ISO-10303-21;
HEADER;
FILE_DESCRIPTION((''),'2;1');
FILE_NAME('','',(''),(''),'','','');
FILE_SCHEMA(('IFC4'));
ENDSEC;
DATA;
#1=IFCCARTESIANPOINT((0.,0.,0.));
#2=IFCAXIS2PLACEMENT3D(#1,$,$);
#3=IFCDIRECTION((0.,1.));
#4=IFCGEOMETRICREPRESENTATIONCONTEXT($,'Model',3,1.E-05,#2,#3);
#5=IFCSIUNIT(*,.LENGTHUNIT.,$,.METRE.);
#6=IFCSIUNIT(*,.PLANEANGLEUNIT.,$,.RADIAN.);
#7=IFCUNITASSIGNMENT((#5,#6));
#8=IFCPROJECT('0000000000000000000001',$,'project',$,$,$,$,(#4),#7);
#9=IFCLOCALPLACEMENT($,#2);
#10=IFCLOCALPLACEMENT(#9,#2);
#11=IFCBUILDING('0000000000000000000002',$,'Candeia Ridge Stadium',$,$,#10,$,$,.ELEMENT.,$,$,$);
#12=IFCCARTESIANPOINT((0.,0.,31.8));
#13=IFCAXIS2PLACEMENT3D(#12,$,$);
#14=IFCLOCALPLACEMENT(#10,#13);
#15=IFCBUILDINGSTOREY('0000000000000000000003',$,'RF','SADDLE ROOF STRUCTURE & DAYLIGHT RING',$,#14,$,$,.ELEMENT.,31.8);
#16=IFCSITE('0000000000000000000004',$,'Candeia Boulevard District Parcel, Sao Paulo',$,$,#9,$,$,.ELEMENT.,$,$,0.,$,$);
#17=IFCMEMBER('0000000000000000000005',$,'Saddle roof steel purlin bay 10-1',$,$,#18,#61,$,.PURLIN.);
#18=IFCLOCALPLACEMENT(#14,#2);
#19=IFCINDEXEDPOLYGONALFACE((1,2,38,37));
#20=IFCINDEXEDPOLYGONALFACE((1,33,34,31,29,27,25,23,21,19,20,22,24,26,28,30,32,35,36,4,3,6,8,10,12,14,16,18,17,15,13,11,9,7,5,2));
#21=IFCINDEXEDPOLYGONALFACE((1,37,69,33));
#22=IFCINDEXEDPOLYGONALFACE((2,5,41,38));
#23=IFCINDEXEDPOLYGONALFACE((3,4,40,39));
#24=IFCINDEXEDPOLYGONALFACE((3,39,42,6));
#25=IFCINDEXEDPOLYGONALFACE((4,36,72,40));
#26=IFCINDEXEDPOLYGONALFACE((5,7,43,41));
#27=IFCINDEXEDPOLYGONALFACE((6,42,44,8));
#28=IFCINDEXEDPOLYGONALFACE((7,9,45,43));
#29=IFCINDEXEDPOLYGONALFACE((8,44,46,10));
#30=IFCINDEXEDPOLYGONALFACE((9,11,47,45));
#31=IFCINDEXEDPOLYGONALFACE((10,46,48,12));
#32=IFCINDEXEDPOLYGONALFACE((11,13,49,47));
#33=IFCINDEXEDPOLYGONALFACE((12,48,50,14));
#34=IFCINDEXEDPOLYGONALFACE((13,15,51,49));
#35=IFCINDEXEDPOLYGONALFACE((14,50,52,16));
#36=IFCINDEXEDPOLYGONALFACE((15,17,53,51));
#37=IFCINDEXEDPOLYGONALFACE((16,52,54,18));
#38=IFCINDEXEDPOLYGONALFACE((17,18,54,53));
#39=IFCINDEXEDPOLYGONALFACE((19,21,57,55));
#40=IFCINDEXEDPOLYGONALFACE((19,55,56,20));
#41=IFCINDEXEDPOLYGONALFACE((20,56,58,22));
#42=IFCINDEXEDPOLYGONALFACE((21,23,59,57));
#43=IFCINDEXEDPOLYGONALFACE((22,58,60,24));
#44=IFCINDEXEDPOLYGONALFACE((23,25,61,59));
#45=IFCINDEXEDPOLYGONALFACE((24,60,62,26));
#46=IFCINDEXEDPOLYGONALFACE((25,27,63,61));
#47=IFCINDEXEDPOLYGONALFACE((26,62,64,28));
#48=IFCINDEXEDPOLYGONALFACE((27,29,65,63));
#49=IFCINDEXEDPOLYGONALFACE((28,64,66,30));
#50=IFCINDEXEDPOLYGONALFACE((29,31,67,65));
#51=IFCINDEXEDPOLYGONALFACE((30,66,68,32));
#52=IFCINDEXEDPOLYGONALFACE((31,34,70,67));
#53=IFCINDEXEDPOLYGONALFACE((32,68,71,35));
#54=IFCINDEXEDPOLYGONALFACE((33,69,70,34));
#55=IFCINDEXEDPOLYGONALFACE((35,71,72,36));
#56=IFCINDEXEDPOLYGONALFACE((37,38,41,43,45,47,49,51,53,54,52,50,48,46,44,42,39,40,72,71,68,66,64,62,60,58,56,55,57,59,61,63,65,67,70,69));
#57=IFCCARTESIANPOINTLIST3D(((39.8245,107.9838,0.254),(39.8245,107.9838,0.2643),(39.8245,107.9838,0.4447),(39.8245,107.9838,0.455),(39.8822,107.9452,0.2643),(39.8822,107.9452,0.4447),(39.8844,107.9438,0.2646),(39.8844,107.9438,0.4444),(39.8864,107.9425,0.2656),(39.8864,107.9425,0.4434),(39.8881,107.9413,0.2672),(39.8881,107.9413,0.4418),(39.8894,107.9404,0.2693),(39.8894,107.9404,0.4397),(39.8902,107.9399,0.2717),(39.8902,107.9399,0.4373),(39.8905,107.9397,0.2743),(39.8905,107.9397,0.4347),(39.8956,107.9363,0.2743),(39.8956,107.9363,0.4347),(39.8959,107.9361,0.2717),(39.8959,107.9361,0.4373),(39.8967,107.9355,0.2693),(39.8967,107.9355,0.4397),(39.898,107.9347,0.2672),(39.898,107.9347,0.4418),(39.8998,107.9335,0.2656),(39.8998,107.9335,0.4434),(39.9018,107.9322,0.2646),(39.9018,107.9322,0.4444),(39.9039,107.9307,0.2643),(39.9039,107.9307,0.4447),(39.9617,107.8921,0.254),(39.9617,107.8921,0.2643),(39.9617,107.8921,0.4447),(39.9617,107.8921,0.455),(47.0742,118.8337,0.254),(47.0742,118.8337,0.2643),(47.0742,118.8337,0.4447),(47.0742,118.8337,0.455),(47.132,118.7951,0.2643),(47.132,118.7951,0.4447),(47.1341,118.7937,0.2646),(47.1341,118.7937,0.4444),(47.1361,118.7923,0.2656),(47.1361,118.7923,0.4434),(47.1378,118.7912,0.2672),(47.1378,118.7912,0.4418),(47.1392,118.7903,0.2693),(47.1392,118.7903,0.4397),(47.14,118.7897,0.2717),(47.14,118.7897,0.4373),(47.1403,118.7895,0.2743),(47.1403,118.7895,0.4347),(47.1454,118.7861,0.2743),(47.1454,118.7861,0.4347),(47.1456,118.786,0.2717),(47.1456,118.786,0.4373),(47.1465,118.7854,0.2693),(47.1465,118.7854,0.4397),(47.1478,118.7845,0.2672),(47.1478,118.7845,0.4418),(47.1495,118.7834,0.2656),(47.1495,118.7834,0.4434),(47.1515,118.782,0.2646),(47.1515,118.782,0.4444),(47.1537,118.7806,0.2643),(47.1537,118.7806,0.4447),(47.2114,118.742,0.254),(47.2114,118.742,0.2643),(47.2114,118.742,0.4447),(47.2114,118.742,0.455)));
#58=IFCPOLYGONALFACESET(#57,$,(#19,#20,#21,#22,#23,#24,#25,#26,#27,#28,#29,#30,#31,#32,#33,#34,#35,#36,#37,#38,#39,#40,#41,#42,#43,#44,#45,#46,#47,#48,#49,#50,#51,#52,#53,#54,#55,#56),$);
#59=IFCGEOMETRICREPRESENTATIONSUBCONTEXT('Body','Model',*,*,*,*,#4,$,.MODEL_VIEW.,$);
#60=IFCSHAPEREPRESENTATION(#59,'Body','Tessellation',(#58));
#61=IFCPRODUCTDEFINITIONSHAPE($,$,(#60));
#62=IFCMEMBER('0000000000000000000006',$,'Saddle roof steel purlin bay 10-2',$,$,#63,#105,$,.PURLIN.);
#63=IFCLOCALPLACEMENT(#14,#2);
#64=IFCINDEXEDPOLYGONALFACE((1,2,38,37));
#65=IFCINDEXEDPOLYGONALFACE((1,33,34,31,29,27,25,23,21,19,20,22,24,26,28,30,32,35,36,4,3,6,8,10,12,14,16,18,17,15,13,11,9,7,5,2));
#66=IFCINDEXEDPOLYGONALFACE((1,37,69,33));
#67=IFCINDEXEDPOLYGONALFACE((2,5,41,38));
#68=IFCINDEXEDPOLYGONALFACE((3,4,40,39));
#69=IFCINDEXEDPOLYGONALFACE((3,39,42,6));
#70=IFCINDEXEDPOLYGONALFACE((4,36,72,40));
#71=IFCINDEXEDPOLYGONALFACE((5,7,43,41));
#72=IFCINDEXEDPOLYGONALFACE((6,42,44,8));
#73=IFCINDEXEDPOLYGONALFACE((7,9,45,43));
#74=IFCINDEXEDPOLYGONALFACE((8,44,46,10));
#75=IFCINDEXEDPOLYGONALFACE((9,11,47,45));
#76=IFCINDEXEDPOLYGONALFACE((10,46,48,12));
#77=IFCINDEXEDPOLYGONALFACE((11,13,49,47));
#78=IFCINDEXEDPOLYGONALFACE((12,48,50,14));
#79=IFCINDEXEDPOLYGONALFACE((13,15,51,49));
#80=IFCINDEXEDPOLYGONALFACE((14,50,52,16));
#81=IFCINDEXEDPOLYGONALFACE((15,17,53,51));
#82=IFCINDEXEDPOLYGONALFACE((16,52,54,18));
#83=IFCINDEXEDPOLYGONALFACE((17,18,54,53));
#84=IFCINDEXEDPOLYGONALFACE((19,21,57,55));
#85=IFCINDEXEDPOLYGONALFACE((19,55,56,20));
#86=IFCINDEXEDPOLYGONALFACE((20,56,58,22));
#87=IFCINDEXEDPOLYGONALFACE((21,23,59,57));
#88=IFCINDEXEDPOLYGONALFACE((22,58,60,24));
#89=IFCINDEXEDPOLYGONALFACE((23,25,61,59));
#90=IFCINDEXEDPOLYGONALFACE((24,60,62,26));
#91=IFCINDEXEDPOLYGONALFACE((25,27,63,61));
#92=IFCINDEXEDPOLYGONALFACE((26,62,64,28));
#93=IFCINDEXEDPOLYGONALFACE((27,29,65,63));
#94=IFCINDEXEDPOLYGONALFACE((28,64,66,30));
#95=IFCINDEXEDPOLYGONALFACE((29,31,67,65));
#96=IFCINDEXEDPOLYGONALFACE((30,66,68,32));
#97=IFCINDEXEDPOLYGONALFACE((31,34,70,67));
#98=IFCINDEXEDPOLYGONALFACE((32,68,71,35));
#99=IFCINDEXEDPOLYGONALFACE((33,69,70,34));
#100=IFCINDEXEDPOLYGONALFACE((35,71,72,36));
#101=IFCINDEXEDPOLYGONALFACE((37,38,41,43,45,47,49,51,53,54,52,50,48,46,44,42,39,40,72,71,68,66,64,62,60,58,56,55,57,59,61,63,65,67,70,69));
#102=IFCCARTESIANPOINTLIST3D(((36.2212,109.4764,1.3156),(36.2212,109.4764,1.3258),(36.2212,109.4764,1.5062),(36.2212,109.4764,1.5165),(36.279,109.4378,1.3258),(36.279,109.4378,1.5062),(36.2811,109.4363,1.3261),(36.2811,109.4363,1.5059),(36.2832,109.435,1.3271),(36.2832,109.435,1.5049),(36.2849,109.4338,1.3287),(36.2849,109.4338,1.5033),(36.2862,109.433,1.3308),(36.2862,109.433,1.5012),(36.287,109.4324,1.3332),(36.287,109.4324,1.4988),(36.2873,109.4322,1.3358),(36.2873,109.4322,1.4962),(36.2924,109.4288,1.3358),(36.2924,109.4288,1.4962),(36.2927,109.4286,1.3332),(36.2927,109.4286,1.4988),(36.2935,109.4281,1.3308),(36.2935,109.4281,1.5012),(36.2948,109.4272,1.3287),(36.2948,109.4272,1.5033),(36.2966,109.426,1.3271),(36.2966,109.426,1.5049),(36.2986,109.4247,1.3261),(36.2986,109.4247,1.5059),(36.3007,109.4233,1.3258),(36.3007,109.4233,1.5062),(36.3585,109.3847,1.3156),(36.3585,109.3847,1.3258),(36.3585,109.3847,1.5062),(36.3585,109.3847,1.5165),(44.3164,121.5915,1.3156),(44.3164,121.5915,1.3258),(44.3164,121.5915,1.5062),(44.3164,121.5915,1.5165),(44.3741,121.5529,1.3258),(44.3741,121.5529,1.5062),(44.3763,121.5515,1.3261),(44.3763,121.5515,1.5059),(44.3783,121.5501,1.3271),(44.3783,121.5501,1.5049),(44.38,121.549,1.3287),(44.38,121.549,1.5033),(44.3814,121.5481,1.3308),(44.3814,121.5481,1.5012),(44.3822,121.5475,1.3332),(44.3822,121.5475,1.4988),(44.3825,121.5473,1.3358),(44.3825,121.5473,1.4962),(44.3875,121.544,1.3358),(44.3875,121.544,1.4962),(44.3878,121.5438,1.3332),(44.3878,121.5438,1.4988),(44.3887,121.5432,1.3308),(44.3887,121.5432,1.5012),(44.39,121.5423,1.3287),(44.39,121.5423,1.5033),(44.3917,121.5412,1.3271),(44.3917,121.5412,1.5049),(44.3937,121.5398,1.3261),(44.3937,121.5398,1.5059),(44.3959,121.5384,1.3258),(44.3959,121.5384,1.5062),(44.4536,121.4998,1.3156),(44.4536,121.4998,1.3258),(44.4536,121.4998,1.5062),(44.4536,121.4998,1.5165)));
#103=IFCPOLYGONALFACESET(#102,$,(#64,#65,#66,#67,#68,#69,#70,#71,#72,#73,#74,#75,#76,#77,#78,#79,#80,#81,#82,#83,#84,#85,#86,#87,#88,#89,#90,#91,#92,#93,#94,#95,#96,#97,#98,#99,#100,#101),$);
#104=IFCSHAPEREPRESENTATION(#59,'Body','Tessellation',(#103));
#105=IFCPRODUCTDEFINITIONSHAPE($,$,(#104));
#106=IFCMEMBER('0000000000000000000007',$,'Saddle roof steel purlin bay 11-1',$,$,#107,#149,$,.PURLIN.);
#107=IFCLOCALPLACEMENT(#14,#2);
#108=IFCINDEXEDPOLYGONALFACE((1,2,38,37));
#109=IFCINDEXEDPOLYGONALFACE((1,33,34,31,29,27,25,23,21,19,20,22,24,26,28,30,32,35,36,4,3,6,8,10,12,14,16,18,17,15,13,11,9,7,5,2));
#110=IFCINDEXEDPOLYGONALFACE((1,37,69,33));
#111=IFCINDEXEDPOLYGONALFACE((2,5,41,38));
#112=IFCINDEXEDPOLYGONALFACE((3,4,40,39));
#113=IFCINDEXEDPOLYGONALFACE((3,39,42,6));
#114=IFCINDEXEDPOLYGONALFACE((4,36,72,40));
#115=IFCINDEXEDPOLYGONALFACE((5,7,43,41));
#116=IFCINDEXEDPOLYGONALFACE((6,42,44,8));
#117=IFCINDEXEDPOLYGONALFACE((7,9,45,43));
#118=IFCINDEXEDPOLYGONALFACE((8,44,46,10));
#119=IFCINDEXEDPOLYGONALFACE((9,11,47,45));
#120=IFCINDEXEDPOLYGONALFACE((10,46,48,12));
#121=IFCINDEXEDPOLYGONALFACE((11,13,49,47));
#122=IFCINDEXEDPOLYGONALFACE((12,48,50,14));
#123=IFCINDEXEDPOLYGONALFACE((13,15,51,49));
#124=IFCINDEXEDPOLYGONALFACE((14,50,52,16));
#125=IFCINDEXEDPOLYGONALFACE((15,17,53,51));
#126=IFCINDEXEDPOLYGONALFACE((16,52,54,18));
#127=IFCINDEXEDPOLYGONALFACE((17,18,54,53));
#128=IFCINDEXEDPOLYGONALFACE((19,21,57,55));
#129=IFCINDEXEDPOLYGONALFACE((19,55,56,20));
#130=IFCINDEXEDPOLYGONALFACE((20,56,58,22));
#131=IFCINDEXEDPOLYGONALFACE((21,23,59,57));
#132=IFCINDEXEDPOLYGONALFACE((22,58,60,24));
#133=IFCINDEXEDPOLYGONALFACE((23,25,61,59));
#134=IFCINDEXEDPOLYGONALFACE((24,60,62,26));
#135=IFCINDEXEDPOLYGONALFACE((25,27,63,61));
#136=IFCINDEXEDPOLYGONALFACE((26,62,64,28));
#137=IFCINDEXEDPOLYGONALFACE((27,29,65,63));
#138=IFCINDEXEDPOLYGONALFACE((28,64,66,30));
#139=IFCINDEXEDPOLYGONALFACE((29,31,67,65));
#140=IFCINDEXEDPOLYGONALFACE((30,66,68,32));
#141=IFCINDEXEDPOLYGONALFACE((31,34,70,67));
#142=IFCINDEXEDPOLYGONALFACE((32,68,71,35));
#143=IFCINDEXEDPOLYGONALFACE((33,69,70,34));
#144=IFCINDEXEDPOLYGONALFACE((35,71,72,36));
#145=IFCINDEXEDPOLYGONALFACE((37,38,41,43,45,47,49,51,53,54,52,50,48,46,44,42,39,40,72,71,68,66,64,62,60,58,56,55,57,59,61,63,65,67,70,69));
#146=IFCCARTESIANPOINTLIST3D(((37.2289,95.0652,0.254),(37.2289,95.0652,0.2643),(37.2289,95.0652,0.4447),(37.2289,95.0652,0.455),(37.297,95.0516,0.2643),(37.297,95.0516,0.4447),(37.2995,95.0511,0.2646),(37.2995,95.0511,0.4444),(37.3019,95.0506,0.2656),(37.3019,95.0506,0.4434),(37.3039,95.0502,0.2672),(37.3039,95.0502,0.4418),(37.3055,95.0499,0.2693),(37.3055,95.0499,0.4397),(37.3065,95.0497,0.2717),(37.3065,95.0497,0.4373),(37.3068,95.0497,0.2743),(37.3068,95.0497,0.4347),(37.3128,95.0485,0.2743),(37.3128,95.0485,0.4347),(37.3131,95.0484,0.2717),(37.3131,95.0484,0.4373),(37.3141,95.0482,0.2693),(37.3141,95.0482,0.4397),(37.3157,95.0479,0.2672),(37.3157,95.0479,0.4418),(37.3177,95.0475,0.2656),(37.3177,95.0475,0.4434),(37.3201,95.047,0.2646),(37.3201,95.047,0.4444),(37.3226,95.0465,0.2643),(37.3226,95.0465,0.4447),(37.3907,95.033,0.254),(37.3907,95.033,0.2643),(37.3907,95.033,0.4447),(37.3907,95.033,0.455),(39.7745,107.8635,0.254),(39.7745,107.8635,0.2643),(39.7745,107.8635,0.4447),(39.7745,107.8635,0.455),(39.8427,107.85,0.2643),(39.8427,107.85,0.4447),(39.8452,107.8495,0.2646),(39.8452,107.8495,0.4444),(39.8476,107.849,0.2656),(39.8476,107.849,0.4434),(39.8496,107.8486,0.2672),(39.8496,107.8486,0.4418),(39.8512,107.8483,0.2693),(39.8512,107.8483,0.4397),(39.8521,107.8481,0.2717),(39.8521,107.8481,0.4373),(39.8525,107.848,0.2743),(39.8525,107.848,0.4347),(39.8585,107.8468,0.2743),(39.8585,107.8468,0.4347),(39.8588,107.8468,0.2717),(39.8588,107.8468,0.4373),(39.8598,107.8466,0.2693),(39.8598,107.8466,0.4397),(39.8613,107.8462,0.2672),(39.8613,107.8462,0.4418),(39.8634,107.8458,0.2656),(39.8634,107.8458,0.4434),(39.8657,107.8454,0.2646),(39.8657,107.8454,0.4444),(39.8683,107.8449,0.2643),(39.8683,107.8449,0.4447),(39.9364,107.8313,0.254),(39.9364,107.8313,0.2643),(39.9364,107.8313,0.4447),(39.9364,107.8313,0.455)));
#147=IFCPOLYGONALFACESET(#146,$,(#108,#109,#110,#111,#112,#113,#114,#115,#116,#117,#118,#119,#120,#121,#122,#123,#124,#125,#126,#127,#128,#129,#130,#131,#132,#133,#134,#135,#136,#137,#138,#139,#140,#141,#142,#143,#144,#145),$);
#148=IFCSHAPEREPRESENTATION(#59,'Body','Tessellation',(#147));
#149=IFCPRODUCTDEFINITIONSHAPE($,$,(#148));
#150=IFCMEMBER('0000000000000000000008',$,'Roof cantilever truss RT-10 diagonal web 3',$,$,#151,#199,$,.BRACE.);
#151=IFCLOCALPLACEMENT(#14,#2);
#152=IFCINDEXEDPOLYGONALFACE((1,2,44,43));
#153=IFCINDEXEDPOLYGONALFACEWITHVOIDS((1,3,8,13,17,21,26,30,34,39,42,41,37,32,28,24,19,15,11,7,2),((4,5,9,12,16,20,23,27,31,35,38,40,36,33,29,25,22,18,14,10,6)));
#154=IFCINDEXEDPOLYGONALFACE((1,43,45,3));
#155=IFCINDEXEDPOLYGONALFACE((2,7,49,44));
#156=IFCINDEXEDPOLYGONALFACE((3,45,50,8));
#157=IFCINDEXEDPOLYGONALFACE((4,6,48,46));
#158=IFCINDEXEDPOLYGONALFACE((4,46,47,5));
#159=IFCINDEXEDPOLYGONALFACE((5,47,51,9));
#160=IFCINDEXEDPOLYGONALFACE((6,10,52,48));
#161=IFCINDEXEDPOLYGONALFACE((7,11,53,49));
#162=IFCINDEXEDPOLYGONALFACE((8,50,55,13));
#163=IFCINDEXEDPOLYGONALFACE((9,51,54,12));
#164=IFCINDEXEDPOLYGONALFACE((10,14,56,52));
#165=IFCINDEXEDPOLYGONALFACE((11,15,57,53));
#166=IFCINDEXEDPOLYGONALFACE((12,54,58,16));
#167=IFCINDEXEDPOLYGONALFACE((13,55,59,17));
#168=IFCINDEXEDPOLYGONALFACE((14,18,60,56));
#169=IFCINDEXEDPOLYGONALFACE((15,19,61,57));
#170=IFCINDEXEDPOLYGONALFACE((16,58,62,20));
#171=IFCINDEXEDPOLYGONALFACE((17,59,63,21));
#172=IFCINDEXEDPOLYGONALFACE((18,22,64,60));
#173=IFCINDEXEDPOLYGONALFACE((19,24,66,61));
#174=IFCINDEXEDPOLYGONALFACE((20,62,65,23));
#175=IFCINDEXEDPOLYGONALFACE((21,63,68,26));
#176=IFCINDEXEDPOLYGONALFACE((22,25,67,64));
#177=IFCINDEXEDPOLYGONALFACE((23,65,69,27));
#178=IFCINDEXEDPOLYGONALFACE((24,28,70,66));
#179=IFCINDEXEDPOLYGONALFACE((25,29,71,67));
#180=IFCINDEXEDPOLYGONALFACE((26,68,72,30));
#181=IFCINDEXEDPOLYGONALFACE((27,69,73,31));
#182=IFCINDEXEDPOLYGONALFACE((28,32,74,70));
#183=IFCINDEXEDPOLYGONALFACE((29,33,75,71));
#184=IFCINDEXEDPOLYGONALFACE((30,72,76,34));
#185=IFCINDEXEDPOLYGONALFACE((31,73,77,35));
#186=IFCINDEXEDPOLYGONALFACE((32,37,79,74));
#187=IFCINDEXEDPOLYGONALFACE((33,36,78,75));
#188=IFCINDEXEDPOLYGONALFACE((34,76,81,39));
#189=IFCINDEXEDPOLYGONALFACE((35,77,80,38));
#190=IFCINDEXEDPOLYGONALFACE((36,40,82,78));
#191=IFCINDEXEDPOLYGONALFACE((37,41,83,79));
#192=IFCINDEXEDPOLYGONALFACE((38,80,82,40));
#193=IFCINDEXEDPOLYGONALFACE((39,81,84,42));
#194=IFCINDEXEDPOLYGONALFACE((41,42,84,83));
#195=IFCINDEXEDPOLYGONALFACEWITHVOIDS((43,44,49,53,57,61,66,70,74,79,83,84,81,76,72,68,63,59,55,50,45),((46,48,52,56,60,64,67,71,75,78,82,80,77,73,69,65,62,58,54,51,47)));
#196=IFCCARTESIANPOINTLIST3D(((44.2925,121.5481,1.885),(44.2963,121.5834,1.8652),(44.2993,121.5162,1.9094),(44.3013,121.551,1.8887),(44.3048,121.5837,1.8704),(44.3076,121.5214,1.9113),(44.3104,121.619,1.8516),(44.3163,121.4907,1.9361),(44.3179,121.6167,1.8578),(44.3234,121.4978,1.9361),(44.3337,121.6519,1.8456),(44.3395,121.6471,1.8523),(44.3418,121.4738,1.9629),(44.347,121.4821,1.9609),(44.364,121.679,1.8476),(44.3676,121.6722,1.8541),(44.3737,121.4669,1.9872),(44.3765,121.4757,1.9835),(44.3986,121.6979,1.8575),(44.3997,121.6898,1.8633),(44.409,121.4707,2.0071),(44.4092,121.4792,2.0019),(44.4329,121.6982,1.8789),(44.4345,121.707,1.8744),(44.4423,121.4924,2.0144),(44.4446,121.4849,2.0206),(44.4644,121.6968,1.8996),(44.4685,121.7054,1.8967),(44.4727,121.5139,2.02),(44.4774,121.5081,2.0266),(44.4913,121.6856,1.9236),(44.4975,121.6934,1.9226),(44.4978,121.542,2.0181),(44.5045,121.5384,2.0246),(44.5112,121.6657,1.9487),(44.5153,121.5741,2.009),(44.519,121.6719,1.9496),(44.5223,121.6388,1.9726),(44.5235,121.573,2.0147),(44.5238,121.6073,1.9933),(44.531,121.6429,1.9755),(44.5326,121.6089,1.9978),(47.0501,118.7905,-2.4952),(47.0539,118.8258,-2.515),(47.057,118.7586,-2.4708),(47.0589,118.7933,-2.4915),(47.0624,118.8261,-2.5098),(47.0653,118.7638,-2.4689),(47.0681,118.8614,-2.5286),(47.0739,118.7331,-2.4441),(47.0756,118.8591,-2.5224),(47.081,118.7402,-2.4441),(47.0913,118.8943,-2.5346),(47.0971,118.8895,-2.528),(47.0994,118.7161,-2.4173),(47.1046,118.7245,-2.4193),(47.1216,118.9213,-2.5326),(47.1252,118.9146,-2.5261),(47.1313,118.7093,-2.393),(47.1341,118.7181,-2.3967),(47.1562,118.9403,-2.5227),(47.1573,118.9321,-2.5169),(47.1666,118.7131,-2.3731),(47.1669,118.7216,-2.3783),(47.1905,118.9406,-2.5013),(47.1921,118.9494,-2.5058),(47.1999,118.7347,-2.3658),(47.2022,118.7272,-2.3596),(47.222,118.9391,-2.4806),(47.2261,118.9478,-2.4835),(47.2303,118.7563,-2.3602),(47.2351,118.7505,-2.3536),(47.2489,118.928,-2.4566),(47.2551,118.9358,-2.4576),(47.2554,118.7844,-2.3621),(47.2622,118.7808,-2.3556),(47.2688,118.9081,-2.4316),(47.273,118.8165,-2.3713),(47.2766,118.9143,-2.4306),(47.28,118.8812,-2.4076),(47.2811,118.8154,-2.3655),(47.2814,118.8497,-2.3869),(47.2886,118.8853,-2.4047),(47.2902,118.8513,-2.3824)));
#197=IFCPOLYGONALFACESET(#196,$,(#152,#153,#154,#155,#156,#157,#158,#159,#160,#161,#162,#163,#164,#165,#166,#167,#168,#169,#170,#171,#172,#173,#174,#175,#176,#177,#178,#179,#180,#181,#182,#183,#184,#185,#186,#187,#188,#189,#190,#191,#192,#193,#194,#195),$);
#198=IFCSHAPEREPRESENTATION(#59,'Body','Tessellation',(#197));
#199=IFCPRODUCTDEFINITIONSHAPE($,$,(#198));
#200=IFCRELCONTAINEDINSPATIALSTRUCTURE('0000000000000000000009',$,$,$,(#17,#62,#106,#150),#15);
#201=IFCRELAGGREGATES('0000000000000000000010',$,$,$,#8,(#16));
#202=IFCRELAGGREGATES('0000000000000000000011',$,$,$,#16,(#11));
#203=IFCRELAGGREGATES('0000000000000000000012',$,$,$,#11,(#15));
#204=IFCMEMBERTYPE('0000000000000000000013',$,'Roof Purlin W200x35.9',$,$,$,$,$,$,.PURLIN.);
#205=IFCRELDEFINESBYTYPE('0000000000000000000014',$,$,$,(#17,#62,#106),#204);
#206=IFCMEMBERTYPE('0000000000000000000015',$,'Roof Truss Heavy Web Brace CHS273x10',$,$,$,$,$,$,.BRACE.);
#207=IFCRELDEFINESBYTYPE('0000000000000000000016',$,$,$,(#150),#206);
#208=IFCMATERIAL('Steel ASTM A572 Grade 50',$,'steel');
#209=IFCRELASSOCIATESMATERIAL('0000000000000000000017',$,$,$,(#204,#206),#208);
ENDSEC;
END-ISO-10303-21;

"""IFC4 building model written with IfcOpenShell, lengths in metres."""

from ifc_helpers import new_model, si_unit, direction, frame, origin, origin_2d, place, context, subcontext, project, spatial, hollow_circle, i_section, extrude, material, material_profile, profile_set, type_object, element, save


model = new_model("IFC4")

# Units and contexts
model_context = context("Model", 3, precision=1e-05, world=origin(), true_north=direction((0.0, 1.0)))
body_context = subcontext(model_context, "Body", "Model", "MODEL_VIEW")
ifc_project = project(units=[si_unit("LENGTHUNIT", "METRE"), si_unit("PLANEANGLEUNIT", "RADIAN")], contexts=[model_context])

# Site, building, storey
site_placement = place(None, origin())
site = spatial("IfcSite", under=ifc_project, at=site_placement, Name="Candeia Boulevard District Parcel, Sao Paulo", CompositionType="ELEMENT", RefElevation=0.0)
building_placement = place(site_placement, origin())
building = spatial("IfcBuilding", under=site, at=building_placement, Name="Candeia Ridge Stadium", CompositionType="ELEMENT")
storey_placement = place(building_placement, frame((0.0, 0.0, 31.8)))
storey = spatial("IfcBuildingStorey", under=building, at=storey_placement, Name="RF", Description="SADDLE ROOF STRUCTURE & DAYLIGHT RING", CompositionType="ELEMENT", Elevation=31.8)

# Shared definitions
ifc_material_1 = material(Name="Steel ASTM A572 Grade 50", Category="steel")

# Members
ifc_material_profile_1 = material_profile(ifc_material_1, i_section(OverallWidth=0.165, OverallDepth=0.2009, WebThickness=0.0061, FlangeThickness=0.0103, FilletRadius=0.01, at=origin_2d()), Name="W200x35.9", Category="steel")
ifc_profile_set_1 = profile_set([ifc_material_profile_1], Name="Steel ASTM A572 Grade 50")
member_type_1 = type_object("IfcMemberType", Name="Roof Purlin W200x35.9", PredefinedType="PURLIN", material=ifc_profile_set_1)
member_1_placement = place(storey_placement, frame((47.1428, 118.7878, 0.3545), z_axis=(-0.555576, -0.831466, 0.0), x_axis=(0.831466, -0.555576, 0.0)))
element("IfcMember", 1, at=member_1_placement, inside=storey, type_object=member_type_1, Name="Saddle roof steel purlin bay 10-1", PredefinedType="PURLIN", context=body_context, shape_type="SweptSolid", body=[
    extrude(i_section(OverallWidth=0.165, OverallDepth=0.2009, WebThickness=0.0061, FlangeThickness=0.0103, FilletRadius=0.01, at=origin_2d()), origin(), (0.0, 0.0, 1.0), 13.0491),
])
member_2_placement = place(storey_placement, frame((44.385, 121.5457, 1.416), z_axis=(-0.555574, -0.831467, 0.0), x_axis=(0.831467, -0.555574, 0.0)))
element("IfcMember", 2, at=member_2_placement, inside=storey, type_object=member_type_1, Name="Saddle roof steel purlin bay 10-2", PredefinedType="PURLIN", context=body_context, shape_type="SweptSolid", body=[
    extrude(i_section(OverallWidth=0.165, OverallDepth=0.2009, WebThickness=0.0061, FlangeThickness=0.0103, FilletRadius=0.01, at=origin_2d()), origin(), (0.0, 0.0, 1.0), 14.5708),
])
member_3_placement = place(storey_placement, frame((39.8555, 107.8474, 0.3545), z_axis=(-0.195083, -0.980787, 0.0), x_axis=(0.980787, -0.195083, 0.0)))
element("IfcMember", 3, at=member_3_placement, inside=storey, type_object=member_type_1, Name="Saddle roof steel purlin bay 11-1", PredefinedType="PURLIN", context=body_context, shape_type="SweptSolid", body=[
    extrude(i_section(OverallWidth=0.165, OverallDepth=0.2009, WebThickness=0.0061, FlangeThickness=0.0103, FilletRadius=0.01, at=origin_2d()), origin(), (0.0, 0.0, 1.0), 13.0491),
])
ifc_material_profile_2 = material_profile(ifc_material_1, hollow_circle(Radius=0.1365, WallThickness=0.01, at=origin_2d()), Name="CHS273x10", Category="steel")
ifc_profile_set_2 = profile_set([ifc_material_profile_2], Name="Steel ASTM A572 Grade 50")
member_type_2 = type_object("IfcMemberType", Name="Roof Truss Heavy Web Brace CHS273x10", PredefinedType="BRACE", material=ifc_profile_set_2)
member_4_placement = place(storey_placement, frame((47.1704, 118.8296, -2.4441), z_axis=(-0.470203, 0.470203, 0.746872), x_axis=(-0.707107, -0.707107, 0.0)))
element("IfcMember", 4, at=member_4_placement, inside=storey, type_object=member_type_2, Name="Roof cantilever truss RT-10 diagonal web 3", PredefinedType="BRACE", context=body_context, shape_type="SweptSolid", body=[
    extrude(hollow_circle(Radius=0.1365, WallThickness=0.01, at=origin_2d()), origin(), (0.0, 0.0, 1.0), 5.8647),
])

save(model, "model.ifc")
